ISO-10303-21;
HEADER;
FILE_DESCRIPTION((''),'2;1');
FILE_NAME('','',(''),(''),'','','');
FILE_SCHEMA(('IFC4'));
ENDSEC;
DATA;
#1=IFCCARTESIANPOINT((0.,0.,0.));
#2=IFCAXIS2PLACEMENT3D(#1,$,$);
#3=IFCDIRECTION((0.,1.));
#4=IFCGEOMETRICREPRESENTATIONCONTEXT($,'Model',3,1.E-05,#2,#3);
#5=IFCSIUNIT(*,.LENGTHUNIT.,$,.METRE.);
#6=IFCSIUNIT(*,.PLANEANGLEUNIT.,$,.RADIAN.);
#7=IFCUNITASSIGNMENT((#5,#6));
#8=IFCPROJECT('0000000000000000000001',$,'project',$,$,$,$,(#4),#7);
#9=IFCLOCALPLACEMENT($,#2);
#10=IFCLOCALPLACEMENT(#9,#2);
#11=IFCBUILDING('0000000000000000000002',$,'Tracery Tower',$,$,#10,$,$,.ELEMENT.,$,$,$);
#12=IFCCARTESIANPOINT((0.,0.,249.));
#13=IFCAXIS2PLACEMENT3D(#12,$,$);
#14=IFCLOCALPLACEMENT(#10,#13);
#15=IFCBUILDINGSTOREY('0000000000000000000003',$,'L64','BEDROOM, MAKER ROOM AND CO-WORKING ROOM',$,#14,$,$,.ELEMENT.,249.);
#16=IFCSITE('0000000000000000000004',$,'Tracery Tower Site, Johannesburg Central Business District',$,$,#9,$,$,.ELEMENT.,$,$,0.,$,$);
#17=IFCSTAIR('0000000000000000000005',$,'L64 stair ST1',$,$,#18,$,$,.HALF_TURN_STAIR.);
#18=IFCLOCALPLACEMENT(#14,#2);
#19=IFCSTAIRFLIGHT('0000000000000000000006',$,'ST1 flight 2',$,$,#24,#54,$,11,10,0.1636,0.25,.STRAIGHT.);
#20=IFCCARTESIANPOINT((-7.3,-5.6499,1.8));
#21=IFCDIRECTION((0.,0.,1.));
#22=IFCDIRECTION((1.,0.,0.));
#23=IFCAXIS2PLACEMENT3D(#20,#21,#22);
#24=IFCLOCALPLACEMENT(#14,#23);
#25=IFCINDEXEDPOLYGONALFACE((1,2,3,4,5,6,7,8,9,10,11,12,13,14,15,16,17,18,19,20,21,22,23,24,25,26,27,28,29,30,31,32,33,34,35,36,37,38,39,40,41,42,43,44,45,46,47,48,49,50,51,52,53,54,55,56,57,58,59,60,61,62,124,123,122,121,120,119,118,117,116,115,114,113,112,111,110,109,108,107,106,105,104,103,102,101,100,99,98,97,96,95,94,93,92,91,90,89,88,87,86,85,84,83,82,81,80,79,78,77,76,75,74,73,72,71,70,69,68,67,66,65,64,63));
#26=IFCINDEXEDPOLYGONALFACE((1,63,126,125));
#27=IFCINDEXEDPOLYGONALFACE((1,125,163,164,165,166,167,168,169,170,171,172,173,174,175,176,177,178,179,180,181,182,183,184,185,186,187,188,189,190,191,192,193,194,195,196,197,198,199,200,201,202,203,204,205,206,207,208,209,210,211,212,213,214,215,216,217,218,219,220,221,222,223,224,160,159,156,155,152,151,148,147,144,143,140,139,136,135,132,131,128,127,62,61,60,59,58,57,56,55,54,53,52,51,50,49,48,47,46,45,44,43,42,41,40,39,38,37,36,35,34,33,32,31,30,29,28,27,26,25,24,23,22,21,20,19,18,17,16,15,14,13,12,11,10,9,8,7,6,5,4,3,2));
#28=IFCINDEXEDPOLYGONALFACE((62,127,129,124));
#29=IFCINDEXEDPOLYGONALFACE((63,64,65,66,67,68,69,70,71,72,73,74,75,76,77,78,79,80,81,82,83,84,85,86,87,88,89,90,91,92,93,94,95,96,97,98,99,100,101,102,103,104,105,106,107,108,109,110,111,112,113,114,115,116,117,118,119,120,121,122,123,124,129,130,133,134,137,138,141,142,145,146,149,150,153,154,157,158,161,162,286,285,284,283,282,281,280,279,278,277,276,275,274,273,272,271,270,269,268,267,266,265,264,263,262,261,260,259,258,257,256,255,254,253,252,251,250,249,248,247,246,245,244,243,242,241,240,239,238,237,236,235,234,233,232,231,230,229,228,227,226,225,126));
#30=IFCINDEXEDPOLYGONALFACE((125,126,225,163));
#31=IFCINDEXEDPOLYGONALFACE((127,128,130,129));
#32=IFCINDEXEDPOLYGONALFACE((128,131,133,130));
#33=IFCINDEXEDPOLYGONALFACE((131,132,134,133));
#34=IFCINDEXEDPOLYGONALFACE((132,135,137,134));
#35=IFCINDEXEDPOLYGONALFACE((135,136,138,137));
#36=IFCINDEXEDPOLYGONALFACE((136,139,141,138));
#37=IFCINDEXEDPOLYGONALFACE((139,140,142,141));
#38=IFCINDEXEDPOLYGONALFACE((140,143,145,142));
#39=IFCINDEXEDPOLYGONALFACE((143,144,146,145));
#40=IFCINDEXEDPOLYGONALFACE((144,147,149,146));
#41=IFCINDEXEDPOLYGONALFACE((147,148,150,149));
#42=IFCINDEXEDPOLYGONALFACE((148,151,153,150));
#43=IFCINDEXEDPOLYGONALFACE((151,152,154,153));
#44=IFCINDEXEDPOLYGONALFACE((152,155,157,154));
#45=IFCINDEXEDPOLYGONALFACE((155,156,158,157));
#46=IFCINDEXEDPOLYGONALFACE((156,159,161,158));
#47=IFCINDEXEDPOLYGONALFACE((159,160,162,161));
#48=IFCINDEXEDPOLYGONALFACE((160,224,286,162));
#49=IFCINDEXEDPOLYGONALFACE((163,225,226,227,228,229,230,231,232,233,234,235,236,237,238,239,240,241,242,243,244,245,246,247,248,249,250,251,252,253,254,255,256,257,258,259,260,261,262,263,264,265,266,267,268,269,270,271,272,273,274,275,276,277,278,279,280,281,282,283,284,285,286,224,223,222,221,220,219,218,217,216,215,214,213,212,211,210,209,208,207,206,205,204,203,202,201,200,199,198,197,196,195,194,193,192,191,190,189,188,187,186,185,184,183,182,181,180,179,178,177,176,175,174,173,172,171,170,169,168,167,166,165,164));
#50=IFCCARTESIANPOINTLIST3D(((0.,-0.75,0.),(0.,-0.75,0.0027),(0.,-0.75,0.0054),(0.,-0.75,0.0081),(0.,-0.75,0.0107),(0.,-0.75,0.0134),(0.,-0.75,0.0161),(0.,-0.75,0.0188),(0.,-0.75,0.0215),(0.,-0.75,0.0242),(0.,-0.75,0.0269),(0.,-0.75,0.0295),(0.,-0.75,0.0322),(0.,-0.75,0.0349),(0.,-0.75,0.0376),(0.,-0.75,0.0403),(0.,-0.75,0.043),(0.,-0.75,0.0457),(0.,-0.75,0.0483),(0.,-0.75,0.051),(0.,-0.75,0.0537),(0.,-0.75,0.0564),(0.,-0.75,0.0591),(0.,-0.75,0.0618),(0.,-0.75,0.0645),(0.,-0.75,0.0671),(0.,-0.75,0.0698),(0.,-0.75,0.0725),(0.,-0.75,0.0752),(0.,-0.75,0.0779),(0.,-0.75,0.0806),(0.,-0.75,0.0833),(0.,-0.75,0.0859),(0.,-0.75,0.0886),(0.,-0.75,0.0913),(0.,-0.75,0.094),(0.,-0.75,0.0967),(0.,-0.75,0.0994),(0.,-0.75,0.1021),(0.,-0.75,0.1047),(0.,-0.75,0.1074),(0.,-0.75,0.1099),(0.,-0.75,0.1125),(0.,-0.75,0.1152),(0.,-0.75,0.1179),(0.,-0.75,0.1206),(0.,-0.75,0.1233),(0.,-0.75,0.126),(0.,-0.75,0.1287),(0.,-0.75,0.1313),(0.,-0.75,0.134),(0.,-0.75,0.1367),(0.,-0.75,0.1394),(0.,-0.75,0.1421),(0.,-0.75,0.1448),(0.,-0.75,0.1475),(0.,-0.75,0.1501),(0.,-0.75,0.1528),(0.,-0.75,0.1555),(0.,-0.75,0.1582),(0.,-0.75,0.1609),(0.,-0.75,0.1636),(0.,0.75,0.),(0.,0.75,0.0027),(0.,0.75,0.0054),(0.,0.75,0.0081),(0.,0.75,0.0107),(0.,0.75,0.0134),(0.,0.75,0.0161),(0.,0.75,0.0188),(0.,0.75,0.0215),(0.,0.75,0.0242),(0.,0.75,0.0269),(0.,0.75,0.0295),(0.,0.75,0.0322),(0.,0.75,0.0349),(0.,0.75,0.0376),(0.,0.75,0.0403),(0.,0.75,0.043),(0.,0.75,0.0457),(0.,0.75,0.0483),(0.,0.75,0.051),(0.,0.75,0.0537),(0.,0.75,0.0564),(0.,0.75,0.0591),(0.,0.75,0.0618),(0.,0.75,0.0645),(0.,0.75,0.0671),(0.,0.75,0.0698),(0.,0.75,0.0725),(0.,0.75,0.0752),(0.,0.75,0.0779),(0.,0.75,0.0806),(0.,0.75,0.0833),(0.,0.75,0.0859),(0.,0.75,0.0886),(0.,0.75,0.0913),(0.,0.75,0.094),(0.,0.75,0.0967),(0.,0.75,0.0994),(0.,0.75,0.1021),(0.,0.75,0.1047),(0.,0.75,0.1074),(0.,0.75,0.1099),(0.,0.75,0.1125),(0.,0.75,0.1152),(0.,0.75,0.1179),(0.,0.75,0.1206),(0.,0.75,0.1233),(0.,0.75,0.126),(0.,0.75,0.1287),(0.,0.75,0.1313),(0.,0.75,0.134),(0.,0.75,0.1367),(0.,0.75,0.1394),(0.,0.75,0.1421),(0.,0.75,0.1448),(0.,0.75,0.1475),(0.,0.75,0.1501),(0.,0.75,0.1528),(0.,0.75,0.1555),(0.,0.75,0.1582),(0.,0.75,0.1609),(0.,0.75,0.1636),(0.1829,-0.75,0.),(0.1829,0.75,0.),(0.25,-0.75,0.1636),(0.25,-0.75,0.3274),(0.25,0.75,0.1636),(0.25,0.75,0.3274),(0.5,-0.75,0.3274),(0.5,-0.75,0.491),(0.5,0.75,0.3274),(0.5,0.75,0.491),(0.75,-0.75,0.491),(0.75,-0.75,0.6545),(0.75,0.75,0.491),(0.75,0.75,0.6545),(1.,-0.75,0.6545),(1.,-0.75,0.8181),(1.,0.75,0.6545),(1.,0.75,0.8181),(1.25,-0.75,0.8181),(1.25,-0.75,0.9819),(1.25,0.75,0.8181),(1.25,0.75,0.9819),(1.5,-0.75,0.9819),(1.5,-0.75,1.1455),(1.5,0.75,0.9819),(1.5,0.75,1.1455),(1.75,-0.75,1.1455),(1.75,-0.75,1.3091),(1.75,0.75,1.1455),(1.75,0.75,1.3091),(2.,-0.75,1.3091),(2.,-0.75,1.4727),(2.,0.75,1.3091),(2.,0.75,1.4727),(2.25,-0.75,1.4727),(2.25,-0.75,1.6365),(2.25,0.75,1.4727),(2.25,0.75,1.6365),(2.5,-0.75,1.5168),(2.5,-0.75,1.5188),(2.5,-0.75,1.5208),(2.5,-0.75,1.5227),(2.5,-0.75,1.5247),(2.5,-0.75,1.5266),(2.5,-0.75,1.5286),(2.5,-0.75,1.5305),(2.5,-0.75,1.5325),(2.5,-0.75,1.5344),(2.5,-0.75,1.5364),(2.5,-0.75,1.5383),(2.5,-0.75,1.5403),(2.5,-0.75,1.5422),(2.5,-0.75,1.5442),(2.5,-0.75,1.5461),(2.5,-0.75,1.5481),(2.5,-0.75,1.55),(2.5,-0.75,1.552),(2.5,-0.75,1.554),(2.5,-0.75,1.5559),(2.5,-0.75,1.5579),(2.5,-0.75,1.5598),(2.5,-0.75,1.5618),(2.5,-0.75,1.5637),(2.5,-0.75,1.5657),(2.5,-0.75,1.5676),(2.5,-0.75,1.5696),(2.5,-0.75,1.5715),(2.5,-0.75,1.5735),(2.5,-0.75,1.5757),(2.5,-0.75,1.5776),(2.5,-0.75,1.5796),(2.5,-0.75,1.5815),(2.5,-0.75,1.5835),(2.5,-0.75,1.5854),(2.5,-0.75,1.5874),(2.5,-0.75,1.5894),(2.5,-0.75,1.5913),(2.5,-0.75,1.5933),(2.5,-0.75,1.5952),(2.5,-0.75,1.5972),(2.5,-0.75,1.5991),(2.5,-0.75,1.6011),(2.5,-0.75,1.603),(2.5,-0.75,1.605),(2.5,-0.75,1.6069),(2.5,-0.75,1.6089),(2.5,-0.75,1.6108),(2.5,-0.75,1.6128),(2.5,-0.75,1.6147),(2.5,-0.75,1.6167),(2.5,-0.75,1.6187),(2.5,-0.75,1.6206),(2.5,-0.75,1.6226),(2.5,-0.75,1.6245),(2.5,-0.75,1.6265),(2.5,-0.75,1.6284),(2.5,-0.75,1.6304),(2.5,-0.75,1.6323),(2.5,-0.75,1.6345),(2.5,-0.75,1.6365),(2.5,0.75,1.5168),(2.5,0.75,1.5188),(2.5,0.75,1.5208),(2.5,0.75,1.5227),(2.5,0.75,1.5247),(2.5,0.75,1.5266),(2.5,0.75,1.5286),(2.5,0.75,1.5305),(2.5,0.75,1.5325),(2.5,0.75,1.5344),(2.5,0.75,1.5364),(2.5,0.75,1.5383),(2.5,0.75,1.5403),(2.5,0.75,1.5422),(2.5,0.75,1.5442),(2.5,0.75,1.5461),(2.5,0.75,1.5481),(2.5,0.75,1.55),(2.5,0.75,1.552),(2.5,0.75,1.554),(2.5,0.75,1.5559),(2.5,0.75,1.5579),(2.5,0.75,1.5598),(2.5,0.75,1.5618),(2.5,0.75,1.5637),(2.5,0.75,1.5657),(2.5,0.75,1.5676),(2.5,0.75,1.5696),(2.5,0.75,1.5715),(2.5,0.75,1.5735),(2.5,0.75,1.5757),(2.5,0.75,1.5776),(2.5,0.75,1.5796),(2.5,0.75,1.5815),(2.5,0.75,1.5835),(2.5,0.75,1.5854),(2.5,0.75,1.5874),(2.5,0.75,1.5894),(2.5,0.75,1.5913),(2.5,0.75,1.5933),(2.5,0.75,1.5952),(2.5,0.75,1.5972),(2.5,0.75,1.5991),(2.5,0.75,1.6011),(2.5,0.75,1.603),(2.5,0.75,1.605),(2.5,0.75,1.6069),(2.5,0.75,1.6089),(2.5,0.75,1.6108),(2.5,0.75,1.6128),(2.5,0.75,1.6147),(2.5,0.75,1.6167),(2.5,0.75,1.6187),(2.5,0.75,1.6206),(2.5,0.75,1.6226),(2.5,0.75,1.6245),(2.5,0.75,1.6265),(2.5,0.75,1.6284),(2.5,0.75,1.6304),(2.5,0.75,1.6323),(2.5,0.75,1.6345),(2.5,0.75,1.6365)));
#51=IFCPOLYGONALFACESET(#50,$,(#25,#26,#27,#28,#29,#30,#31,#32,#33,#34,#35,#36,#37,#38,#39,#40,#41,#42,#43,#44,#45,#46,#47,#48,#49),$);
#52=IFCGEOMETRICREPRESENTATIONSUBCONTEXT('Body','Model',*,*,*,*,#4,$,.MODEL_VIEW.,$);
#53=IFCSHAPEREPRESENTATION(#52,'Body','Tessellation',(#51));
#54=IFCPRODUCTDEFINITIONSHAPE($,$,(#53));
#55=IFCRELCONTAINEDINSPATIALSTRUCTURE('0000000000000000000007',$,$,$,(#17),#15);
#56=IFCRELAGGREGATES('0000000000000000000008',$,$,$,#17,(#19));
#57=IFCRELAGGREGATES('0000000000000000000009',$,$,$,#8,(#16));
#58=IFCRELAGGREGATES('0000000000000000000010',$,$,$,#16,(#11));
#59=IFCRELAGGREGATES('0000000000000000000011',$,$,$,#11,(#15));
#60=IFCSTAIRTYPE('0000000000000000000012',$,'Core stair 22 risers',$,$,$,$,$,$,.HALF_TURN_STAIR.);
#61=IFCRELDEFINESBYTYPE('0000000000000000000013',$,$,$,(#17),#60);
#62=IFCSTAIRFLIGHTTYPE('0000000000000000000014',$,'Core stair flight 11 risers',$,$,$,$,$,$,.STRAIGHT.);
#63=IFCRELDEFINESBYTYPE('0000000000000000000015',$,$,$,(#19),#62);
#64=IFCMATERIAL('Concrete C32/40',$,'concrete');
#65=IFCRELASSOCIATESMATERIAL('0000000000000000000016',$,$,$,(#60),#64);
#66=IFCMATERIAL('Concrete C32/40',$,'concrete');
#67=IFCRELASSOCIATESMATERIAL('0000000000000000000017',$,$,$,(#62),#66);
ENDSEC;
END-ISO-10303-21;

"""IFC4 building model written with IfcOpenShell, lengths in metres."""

from ifc_helpers import new_model, si_unit, direction, frame, origin, place, context, subcontext, project, spatial, polyline, outline, extrude, material, type_object, element, aggregate, save


model = new_model("IFC4")

# Units and contexts
model_context = context("Model", 3, precision=1e-05, world=origin(), true_north=direction((0.0, 1.0)))
body_context = subcontext(model_context, "Body", "Model", "MODEL_VIEW")
ifc_project = project(units=[si_unit("LENGTHUNIT", "METRE"), si_unit("PLANEANGLEUNIT", "RADIAN")], contexts=[model_context])

# Site, building, storey
site_placement = place(None, origin())
site = spatial("IfcSite", under=ifc_project, at=site_placement, Name="Tracery Tower Site, Johannesburg Central Business District", CompositionType="ELEMENT", RefElevation=0.0)
building_placement = place(site_placement, origin())
building = spatial("IfcBuilding", under=site, at=building_placement, Name="Tracery Tower", CompositionType="ELEMENT")
storey_placement = place(building_placement, frame((0.0, 0.0, 249.0)))
storey = spatial("IfcBuildingStorey", under=building, at=storey_placement, Name="L64", Description="BEDROOM, MAKER ROOM AND CO-WORKING ROOM", CompositionType="ELEMENT", Elevation=249.0)

# Stair, stair flight
ifc_material_1 = material(Name="Concrete C32/40", Category="concrete")
stair_type = type_object("IfcStairType", Name="Core stair 22 risers", PredefinedType="HALF_TURN_STAIR", material=ifc_material_1)
stair_placement = place(storey_placement, origin())
stair = element("IfcStair", 1, at=stair_placement, inside=storey, type_object=stair_type, Name="L64 stair ST1", PredefinedType="HALF_TURN_STAIR")
ifc_material_2 = material(Name="Concrete C32/40", Category="concrete")
stair_flight_type = type_object("IfcStairFlightType", Name="Core stair flight 11 risers", PredefinedType="STRAIGHT", material=ifc_material_2)
stair_flight_1_placement = place(storey_placement, frame((-7.3, -5.6499, 1.8), z_axis=(0.0, 0.0, 1.0), x_axis=(1.0, 0.0, 0.0)))
stair_flight_1 = element("IfcStairFlight", 2, at=stair_flight_1_placement, type_object=stair_flight_type, Name="ST1 flight 2", NumberOfRisers=11, NumberOfTreads=10, PredefinedType="STRAIGHT", RiserHeight=0.1636, TreadLength=0.25, context=body_context, shape_type="SweptSolid", body=[
    extrude(outline(polyline([(0.0, 0.0), (0.0, 0.0027), (0.0, 0.0054), (0.0, 0.0081), (0.0, 0.0107), (0.0, 0.0134), (0.0, 0.0161), (0.0, 0.0188), (0.0, 0.0215), (0.0, 0.0242), (0.0, 0.0269), (0.0, 0.0295), (0.0, 0.0322), (0.0, 0.0349), (0.0, 0.0376), (0.0, 0.0403), (0.0, 0.043), (0.0, 0.0457), (0.0, 0.0483), (0.0, 0.051), (0.0, 0.0537), (0.0, 0.0564), (0.0, 0.0591), (0.0, 0.0618), (0.0, 0.0645), (0.0, 0.0671), (0.0, 0.0698), (0.0, 0.0725), (0.0, 0.0752), (0.0, 0.0779), (0.0, 0.0806), (0.0, 0.0833), (0.0, 0.0859), (0.0, 0.0886), (0.0, 0.0913), (0.0, 0.094), (0.0, 0.0967), (0.0, 0.0994), (0.0, 0.1021), (0.0, 0.1047), (0.0, 0.1074), (0.0, 0.1099), (0.0, 0.1125), (0.0, 0.1152), (0.0, 0.1179), (0.0, 0.1206), (0.0, 0.1233), (0.0, 0.126), (0.0, 0.1287), (0.0, 0.1313), (0.0, 0.134), (0.0, 0.1367), (0.0, 0.1394), (0.0, 0.1421), (0.0, 0.1448), (0.0, 0.1475), (0.0, 0.1501), (0.0, 0.1528), (0.0, 0.1555), (0.0, 0.1582), (0.0, 0.1609), (0.0, 0.1636), (0.25, 0.1636), (0.25, 0.3274), (0.5, 0.3274), (0.5, 0.491), (0.75, 0.491), (0.75, 0.6545), (1.0, 0.6545), (1.0, 0.8181), (1.25, 0.8181), (1.25, 0.9819), (1.5, 0.9819), (1.5, 1.1455), (1.75, 1.1455), (1.75, 1.3091), (2.0, 1.3091), (2.0, 1.4727), (2.25, 1.4727), (2.25, 1.6365), (2.5, 1.6365), (2.5, 1.6345), (2.5, 1.6323), (2.5, 1.6304), (2.5, 1.6284), (2.5, 1.6265), (2.5, 1.6245), (2.5, 1.6226), (2.5, 1.6206), (2.5, 1.6187), (2.5, 1.6167), (2.5, 1.6147), (2.5, 1.6128), (2.5, 1.6108), (2.5, 1.6089), (2.5, 1.6069), (2.5, 1.605), (2.5, 1.603), (2.5, 1.6011), (2.5, 1.5991), (2.5, 1.5972), (2.5, 1.5952), (2.5, 1.5933), (2.5, 1.5913), (2.5, 1.5894), (2.5, 1.5874), (2.5, 1.5854), (2.5, 1.5835), (2.5, 1.5815), (2.5, 1.5796), (2.5, 1.5776), (2.5, 1.5757), (2.5, 1.5735), (2.5, 1.5715), (2.5, 1.5696), (2.5, 1.5676), (2.5, 1.5657), (2.5, 1.5637), (2.5, 1.5618), (2.5, 1.5598), (2.5, 1.5579), (2.5, 1.5559), (2.5, 1.554), (2.5, 1.552), (2.5, 1.55), (2.5, 1.5481), (2.5, 1.5461), (2.5, 1.5442), (2.5, 1.5422), (2.5, 1.5403), (2.5, 1.5383), (2.5, 1.5364), (2.5, 1.5344), (2.5, 1.5325), (2.5, 1.5305), (2.5, 1.5286), (2.5, 1.5266), (2.5, 1.5247), (2.5, 1.5227), (2.5, 1.5208), (2.5, 1.5188), (2.5, 1.5168), (0.1829, 0.0), (0.0, 0.0)])), frame((0.0, 0.75, 0.0), z_axis=(0.0, -1.0, 0.0), x_axis=(1.0, 0.0, 0.0)), (0.0, 0.0, 1.0), 1.5),
])
aggregate(stair, [stair_flight_1])

save(model, "model.ifc")
